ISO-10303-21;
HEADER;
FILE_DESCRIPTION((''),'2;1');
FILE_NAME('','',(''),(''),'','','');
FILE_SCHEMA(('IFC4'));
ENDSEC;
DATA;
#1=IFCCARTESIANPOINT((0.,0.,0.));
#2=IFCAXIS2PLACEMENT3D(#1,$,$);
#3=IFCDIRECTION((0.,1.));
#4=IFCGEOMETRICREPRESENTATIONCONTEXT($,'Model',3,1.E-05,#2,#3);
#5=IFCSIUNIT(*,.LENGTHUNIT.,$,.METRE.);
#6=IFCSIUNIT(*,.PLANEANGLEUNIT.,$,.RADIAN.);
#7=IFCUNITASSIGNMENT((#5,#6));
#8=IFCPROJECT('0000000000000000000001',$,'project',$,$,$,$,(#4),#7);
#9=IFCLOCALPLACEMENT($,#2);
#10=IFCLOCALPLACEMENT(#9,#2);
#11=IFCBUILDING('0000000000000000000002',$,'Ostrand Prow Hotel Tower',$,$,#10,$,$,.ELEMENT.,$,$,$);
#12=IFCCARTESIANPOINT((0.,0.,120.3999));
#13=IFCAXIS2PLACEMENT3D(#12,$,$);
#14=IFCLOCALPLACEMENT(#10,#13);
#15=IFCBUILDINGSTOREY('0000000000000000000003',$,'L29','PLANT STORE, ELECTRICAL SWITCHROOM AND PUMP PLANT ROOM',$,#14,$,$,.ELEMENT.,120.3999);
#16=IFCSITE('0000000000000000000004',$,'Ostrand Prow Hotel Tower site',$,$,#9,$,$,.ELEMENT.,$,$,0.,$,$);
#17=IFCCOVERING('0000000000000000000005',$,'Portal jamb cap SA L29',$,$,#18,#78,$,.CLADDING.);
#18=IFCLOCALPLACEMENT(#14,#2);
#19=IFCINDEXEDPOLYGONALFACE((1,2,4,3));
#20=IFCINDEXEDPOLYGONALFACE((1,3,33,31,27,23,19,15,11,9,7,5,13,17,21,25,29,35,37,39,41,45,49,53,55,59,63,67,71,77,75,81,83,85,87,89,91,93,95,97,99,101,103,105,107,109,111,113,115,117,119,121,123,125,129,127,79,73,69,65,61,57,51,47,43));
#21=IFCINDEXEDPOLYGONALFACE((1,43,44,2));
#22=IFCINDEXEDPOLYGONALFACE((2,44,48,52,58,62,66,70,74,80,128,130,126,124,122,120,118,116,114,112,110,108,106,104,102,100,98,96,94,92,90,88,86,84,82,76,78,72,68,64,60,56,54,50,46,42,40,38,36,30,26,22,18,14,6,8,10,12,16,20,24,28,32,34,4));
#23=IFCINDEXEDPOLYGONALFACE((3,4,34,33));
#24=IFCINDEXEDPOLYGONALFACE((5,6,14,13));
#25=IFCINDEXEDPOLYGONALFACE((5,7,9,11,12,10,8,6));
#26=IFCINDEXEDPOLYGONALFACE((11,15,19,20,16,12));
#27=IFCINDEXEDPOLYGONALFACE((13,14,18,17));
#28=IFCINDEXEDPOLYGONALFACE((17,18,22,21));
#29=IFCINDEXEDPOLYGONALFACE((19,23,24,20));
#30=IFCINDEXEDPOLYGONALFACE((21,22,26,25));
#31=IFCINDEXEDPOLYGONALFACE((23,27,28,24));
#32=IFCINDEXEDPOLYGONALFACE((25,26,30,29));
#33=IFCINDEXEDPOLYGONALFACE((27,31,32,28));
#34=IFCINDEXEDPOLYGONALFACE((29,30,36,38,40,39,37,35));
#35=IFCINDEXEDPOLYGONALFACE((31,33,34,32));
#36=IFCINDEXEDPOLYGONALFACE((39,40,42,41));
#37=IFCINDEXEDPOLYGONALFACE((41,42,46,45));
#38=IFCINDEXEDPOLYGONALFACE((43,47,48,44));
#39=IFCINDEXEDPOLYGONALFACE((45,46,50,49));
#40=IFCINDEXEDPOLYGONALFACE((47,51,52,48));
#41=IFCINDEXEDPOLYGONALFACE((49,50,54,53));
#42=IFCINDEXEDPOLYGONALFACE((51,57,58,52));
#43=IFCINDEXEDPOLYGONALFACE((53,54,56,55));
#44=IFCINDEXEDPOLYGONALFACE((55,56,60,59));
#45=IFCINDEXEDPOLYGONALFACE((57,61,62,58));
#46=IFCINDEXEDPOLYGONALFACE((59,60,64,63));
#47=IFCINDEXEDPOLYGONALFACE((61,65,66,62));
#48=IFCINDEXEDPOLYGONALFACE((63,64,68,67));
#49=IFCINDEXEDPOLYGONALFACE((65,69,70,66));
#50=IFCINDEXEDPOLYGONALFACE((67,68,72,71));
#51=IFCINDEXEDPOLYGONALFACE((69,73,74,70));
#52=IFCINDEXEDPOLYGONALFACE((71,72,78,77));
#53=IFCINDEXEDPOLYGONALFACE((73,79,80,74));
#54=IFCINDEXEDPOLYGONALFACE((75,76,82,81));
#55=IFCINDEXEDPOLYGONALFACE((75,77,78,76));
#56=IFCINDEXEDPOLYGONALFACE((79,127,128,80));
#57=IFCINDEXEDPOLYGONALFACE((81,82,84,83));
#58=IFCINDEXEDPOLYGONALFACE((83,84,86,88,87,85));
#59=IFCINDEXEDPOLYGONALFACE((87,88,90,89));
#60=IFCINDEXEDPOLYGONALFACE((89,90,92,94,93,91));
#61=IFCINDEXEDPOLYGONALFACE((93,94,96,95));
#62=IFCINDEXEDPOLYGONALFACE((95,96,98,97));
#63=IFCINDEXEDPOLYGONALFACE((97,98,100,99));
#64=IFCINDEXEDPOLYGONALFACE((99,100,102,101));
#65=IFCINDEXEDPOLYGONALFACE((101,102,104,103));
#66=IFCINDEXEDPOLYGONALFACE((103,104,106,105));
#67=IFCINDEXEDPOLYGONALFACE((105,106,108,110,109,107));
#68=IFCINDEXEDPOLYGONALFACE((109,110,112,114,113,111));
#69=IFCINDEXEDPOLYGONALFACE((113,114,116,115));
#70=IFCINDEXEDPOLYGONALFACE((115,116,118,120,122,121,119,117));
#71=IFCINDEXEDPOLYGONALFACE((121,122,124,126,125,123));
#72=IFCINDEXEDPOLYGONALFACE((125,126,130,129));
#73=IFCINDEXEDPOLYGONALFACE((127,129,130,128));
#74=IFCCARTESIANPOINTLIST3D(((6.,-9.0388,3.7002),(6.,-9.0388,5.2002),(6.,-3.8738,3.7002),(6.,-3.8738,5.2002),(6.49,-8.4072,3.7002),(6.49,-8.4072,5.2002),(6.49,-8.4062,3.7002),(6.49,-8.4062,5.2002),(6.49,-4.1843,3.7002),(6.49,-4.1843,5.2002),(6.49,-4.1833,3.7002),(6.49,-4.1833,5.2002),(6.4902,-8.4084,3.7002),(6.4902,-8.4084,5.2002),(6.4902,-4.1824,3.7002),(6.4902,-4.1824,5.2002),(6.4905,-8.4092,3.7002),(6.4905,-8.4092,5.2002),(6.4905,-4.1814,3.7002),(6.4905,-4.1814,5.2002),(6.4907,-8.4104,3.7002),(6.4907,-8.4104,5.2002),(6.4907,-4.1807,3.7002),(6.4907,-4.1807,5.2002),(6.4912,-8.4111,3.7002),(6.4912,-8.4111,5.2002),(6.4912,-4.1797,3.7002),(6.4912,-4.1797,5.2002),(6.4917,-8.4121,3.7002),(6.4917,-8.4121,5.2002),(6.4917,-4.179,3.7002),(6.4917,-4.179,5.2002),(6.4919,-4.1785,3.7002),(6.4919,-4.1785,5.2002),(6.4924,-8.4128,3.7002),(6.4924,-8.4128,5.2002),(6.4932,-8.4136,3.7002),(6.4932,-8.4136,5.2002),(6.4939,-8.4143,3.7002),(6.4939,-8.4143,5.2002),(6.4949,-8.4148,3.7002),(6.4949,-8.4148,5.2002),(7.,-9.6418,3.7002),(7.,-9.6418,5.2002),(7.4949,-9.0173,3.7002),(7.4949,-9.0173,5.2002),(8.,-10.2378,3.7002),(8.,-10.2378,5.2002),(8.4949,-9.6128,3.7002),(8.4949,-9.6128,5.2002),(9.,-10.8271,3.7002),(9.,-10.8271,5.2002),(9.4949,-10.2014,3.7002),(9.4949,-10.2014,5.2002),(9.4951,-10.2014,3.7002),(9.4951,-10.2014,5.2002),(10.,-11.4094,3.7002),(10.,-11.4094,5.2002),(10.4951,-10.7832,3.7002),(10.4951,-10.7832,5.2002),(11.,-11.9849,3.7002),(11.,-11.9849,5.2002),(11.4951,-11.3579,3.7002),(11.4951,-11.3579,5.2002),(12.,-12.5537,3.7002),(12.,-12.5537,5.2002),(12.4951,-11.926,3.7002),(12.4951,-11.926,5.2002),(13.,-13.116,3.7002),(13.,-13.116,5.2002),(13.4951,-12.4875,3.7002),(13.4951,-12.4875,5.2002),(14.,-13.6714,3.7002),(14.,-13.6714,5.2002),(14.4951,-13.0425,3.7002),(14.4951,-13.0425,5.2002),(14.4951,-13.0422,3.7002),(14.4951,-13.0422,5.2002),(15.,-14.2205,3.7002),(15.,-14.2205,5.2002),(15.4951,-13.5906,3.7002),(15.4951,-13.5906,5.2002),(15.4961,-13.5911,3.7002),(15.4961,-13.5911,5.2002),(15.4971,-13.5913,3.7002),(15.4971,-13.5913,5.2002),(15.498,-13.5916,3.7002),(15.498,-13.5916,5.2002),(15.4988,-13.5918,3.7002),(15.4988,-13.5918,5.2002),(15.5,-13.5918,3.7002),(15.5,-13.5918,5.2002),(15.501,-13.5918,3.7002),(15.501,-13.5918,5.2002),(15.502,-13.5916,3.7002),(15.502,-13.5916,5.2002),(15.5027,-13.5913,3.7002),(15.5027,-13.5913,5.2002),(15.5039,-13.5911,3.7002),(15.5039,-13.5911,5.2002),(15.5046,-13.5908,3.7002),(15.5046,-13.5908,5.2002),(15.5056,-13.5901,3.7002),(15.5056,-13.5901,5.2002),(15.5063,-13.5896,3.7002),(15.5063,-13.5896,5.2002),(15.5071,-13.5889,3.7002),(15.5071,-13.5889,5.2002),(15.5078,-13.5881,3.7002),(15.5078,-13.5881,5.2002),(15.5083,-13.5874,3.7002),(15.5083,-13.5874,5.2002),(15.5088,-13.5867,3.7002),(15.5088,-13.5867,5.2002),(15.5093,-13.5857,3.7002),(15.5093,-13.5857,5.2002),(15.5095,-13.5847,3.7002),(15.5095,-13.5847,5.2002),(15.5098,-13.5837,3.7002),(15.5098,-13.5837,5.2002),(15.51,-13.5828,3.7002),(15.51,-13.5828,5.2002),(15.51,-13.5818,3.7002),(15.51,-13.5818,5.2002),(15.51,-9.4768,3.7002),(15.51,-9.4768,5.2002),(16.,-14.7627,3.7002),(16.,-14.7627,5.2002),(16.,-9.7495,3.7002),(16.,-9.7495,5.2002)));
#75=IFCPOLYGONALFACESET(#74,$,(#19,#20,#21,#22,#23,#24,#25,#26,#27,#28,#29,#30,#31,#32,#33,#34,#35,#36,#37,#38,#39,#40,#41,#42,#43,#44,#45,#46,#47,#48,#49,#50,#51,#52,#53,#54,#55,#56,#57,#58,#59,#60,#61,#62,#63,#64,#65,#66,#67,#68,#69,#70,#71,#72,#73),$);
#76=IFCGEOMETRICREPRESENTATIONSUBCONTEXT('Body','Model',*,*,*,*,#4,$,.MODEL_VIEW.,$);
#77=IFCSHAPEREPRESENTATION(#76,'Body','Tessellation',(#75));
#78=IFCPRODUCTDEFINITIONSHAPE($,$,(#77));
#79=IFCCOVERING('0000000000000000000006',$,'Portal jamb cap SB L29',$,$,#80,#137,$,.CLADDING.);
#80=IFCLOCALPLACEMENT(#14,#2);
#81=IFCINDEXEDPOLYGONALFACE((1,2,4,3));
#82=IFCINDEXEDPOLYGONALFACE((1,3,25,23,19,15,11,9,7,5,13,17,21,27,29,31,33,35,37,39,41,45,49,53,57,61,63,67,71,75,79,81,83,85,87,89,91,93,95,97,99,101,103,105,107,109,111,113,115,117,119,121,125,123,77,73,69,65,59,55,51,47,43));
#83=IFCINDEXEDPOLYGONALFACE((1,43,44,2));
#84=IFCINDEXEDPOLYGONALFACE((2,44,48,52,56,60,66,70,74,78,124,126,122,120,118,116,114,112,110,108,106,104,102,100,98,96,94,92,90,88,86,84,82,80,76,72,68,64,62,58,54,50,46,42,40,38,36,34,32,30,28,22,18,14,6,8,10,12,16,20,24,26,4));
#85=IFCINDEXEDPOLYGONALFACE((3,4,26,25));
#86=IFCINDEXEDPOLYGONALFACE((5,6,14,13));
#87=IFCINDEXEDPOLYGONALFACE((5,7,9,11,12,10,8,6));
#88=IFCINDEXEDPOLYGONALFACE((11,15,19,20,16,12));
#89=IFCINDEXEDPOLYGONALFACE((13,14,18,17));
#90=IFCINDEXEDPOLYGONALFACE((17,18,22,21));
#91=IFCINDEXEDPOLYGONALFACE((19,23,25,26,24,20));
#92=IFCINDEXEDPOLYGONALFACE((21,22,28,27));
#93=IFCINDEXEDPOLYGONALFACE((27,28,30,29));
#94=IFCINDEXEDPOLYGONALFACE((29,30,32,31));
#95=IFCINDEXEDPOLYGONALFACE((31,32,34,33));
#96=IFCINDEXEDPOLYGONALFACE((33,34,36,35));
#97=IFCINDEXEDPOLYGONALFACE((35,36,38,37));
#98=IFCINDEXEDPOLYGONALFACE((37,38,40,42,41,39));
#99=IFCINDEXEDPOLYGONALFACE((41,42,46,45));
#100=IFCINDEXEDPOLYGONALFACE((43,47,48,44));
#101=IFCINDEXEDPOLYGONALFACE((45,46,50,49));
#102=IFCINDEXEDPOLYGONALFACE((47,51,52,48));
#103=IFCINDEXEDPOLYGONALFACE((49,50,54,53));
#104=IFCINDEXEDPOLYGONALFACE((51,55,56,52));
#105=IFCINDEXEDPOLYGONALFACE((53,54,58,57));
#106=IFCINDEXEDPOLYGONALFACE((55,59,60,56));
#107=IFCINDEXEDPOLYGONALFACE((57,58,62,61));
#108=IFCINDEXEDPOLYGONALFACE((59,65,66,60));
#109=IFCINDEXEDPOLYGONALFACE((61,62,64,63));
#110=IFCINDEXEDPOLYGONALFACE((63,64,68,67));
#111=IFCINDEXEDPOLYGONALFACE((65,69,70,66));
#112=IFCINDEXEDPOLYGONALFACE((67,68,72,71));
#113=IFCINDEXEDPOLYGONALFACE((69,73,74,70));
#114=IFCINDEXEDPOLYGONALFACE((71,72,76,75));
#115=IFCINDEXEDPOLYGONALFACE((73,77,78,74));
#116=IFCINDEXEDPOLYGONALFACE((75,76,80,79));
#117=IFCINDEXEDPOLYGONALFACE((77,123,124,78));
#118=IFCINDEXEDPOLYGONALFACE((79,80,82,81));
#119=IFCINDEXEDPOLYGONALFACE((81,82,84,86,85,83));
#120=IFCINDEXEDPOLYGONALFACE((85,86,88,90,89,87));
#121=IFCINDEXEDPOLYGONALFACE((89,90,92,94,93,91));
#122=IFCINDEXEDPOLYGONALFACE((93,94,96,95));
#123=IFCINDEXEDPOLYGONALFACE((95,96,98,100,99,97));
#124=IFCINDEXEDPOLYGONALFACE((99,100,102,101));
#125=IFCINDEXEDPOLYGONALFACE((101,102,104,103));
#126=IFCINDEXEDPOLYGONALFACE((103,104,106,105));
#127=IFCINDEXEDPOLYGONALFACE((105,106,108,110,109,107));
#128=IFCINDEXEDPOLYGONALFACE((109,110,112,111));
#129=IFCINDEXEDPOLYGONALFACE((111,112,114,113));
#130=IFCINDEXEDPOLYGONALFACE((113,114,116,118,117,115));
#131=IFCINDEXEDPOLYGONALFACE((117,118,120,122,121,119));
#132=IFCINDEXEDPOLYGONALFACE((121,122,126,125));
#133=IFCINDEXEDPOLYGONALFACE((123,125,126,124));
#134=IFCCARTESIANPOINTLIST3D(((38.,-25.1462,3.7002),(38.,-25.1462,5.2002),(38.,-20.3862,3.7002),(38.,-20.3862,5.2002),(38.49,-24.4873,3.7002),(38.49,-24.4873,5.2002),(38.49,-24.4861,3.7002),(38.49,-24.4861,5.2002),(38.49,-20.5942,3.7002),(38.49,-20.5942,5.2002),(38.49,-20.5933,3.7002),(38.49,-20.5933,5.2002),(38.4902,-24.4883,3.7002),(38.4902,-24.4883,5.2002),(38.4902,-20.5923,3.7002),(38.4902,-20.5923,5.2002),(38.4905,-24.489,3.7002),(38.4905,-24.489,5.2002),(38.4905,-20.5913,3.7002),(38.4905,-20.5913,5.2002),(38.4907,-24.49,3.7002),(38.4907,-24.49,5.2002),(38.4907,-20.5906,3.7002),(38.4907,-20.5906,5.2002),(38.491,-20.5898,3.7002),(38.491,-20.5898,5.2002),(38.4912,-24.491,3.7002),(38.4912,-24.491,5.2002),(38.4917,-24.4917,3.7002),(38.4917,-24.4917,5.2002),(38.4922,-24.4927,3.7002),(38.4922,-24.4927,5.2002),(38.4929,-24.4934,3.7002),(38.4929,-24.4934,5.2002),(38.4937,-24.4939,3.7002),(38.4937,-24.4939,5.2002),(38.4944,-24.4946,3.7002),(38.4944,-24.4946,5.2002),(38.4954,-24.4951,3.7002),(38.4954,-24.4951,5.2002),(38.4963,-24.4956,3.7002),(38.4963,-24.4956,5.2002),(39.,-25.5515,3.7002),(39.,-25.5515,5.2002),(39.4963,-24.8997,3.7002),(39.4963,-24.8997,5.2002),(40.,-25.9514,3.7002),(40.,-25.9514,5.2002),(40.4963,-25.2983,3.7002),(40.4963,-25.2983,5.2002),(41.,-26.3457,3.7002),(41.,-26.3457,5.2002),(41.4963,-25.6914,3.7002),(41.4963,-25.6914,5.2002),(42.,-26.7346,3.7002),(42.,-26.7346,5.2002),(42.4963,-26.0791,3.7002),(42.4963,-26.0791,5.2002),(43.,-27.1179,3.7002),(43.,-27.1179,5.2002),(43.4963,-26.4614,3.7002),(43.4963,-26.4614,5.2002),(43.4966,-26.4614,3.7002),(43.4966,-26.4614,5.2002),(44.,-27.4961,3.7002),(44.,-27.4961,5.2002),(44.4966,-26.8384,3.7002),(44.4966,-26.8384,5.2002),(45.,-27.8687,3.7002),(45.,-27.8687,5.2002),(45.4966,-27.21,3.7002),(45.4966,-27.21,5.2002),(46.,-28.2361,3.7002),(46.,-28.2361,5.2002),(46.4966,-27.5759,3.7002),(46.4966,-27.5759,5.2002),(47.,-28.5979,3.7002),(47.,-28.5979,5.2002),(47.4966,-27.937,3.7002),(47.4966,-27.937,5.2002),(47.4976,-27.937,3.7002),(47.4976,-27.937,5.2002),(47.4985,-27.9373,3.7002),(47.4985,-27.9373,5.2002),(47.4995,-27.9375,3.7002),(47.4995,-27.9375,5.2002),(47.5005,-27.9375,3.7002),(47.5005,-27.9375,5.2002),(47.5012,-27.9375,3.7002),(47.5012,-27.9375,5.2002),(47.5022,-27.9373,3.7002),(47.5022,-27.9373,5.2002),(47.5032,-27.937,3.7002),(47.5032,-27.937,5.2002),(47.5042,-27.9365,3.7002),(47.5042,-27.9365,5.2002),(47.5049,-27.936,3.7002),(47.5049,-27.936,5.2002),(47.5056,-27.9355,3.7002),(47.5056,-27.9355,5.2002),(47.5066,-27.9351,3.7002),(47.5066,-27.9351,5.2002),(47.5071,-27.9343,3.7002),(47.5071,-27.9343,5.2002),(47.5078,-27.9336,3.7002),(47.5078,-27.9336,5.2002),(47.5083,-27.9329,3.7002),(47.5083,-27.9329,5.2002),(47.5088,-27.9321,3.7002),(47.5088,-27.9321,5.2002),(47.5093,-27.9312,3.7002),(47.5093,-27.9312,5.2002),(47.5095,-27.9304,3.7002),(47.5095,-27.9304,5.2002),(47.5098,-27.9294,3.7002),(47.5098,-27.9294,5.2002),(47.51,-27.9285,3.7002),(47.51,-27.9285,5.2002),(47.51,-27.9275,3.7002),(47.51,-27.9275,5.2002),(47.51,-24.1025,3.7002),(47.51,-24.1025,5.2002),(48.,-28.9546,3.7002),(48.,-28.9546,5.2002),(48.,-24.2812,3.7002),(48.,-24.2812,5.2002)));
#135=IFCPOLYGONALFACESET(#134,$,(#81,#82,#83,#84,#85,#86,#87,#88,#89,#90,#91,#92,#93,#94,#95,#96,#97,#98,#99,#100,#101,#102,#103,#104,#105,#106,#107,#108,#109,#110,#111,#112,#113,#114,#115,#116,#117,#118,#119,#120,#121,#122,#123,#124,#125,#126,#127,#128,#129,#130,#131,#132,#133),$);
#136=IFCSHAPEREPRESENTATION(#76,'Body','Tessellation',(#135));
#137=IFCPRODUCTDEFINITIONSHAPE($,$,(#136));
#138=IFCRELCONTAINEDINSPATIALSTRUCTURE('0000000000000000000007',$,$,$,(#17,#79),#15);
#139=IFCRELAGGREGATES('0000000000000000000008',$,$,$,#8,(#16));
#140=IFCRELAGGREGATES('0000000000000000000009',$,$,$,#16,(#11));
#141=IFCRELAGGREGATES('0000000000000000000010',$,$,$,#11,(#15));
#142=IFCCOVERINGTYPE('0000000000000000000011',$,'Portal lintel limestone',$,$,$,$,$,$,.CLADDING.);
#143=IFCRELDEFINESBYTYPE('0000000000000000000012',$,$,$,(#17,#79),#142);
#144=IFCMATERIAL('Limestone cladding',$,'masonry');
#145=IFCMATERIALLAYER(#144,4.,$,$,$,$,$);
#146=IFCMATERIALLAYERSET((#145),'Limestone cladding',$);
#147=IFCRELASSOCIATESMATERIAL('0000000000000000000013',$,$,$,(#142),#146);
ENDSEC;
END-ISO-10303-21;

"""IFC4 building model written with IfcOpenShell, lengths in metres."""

from ifc_helpers import new_model, si_unit, direction, frame, origin, place, context, subcontext, project, spatial, polyline, outline, extrude, material, layer, layer_set, type_object, element, save


model = new_model("IFC4")

# Units and contexts
model_context = context("Model", 3, precision=1e-05, world=origin(), true_north=direction((0.0, 1.0)))
body_context = subcontext(model_context, "Body", "Model", "MODEL_VIEW")
ifc_project = project(units=[si_unit("LENGTHUNIT", "METRE"), si_unit("PLANEANGLEUNIT", "RADIAN")], contexts=[model_context])

# Site, building, storey
site_placement = place(None, origin())
site = spatial("IfcSite", under=ifc_project, at=site_placement, Name="Ostrand Prow Hotel Tower site", CompositionType="ELEMENT", RefElevation=0.0)
building_placement = place(site_placement, origin())
building = spatial("IfcBuilding", under=site, at=building_placement, Name="Ostrand Prow Hotel Tower", CompositionType="ELEMENT")
storey_placement = place(building_placement, frame((0.0, 0.0, 120.3999)))
storey = spatial("IfcBuildingStorey", under=building, at=storey_placement, Name="L29", Description="PLANT STORE, ELECTRICAL SWITCHROOM AND PUMP PLANT ROOM", CompositionType="ELEMENT", Elevation=120.3999)

# Coverings
ifc_material_1 = material(Name="Limestone cladding", Category="masonry")
ifc_layer_1 = layer(ifc_material_1, 4.0)
ifc_layer_set_1 = layer_set([ifc_layer_1], Name="Limestone cladding")
covering_type_1 = type_object("IfcCoveringType", Name="Portal lintel limestone", PredefinedType="CLADDING", material=ifc_layer_set_1)
covering_1_placement = place(storey_placement, frame((0.0, 0.0, 3.7002)))
element("IfcCovering", 1, at=covering_1_placement, inside=storey, type_object=covering_type_1, Name="Portal jamb cap SA L29", PredefinedType="CLADDING", context=body_context, shape_type="SweptSolid", body=[
    extrude(outline(polyline([(6.4919, -4.1785), (6.0, -3.8738), (6.0, -9.0388), (7.0, -9.6418), (8.0, -10.2378), (9.0, -10.8271), (10.0, -11.4094), (11.0, -11.9849), (12.0, -12.5537), (13.0, -13.116), (14.0, -13.6714), (15.0, -14.2205), (16.0, -14.7627), (16.0, -9.7495), (15.51, -9.4768), (15.51, -13.5818), (15.51, -13.5828), (15.5098, -13.5837), (15.5095, -13.5847), (15.5093, -13.5857), (15.5088, -13.5867), (15.5083, -13.5874), (15.5078, -13.5881), (15.5071, -13.5889), (15.5063, -13.5896), (15.5056, -13.5901), (15.5046, -13.5908), (15.5039, -13.5911), (15.5027, -13.5913), (15.502, -13.5916), (15.501, -13.5918), (15.5, -13.5918), (15.4988, -13.5918), (15.498, -13.5916), (15.4971, -13.5913), (15.4961, -13.5911), (15.4951, -13.5906), (14.4951, -13.0425), (14.4951, -13.0422), (13.4951, -12.4875), (13.4951, -12.4875), (12.4951, -11.926), (12.4951, -11.926), (11.4951, -11.3579), (11.4951, -11.3579), (10.4951, -10.7832), (10.4951, -10.7832), (9.4951, -10.2014), (9.4949, -10.2014), (8.4949, -9.6128), (8.4949, -9.6128), (7.4949, -9.0173), (7.4949, -9.0173), (6.4949, -8.4148), (6.4939, -8.4143), (6.4932, -8.4136), (6.4924, -8.4128), (6.4917, -8.4121), (6.4912, -8.4111), (6.4907, -8.4104), (6.4905, -8.4092), (6.4902, -8.4084), (6.49, -8.4072), (6.49, -8.4062), (6.49, -4.1843), (6.49, -4.1833), (6.4902, -4.1824), (6.4905, -4.1814), (6.4907, -4.1807), (6.4912, -4.1797), (6.4917, -4.179), (6.4919, -4.1785)])), origin(), (0.0, 0.0, 1.0), 1.5),
])
covering_2_placement = place(storey_placement, frame((0.0, 0.0, 3.7002)))
element("IfcCovering", 2, at=covering_2_placement, inside=storey, type_object=covering_type_1, Name="Portal jamb cap SB L29", PredefinedType="CLADDING", context=body_context, shape_type="SweptSolid", body=[
    extrude(outline(polyline([(38.491, -20.5898), (38.0, -20.3862), (38.0, -25.1462), (39.0, -25.5515), (40.0, -25.9514), (41.0, -26.3457), (42.0, -26.7346), (43.0, -27.1179), (44.0, -27.4961), (45.0, -27.8687), (46.0, -28.2361), (47.0, -28.5979), (48.0, -28.9546), (48.0, -24.2812), (47.51, -24.1025), (47.51, -27.9275), (47.51, -27.9285), (47.5098, -27.9294), (47.5095, -27.9304), (47.5093, -27.9312), (47.5088, -27.9321), (47.5083, -27.9329), (47.5078, -27.9336), (47.5071, -27.9343), (47.5066, -27.9351), (47.5056, -27.9355), (47.5049, -27.936), (47.5042, -27.9365), (47.5032, -27.937), (47.5022, -27.9373), (47.5012, -27.9375), (47.5005, -27.9375), (47.4995, -27.9375), (47.4985, -27.9373), (47.4976, -27.937), (47.4966, -27.937), (46.4966, -27.5759), (46.4966, -27.5759), (45.4966, -27.21), (45.4966, -27.21), (44.4966, -26.8384), (44.4966, -26.8384), (43.4966, -26.4614), (43.4963, -26.4614), (42.4963, -26.0791), (42.4963, -26.0791), (41.4963, -25.6914), (41.4963, -25.6914), (40.4963, -25.2983), (40.4963, -25.2983), (39.4963, -24.8997), (39.4963, -24.8997), (38.4963, -24.4956), (38.4954, -24.4951), (38.4944, -24.4946), (38.4937, -24.4939), (38.4929, -24.4934), (38.4922, -24.4927), (38.4917, -24.4917), (38.4912, -24.491), (38.4907, -24.49), (38.4905, -24.489), (38.4902, -24.4883), (38.49, -24.4873), (38.49, -24.4861), (38.49, -20.5942), (38.49, -20.5933), (38.4902, -20.5923), (38.4905, -20.5913), (38.4907, -20.5906), (38.491, -20.5898)])), origin(), (0.0, 0.0, 1.0), 1.5),
])

save(model, "model.ifc")
